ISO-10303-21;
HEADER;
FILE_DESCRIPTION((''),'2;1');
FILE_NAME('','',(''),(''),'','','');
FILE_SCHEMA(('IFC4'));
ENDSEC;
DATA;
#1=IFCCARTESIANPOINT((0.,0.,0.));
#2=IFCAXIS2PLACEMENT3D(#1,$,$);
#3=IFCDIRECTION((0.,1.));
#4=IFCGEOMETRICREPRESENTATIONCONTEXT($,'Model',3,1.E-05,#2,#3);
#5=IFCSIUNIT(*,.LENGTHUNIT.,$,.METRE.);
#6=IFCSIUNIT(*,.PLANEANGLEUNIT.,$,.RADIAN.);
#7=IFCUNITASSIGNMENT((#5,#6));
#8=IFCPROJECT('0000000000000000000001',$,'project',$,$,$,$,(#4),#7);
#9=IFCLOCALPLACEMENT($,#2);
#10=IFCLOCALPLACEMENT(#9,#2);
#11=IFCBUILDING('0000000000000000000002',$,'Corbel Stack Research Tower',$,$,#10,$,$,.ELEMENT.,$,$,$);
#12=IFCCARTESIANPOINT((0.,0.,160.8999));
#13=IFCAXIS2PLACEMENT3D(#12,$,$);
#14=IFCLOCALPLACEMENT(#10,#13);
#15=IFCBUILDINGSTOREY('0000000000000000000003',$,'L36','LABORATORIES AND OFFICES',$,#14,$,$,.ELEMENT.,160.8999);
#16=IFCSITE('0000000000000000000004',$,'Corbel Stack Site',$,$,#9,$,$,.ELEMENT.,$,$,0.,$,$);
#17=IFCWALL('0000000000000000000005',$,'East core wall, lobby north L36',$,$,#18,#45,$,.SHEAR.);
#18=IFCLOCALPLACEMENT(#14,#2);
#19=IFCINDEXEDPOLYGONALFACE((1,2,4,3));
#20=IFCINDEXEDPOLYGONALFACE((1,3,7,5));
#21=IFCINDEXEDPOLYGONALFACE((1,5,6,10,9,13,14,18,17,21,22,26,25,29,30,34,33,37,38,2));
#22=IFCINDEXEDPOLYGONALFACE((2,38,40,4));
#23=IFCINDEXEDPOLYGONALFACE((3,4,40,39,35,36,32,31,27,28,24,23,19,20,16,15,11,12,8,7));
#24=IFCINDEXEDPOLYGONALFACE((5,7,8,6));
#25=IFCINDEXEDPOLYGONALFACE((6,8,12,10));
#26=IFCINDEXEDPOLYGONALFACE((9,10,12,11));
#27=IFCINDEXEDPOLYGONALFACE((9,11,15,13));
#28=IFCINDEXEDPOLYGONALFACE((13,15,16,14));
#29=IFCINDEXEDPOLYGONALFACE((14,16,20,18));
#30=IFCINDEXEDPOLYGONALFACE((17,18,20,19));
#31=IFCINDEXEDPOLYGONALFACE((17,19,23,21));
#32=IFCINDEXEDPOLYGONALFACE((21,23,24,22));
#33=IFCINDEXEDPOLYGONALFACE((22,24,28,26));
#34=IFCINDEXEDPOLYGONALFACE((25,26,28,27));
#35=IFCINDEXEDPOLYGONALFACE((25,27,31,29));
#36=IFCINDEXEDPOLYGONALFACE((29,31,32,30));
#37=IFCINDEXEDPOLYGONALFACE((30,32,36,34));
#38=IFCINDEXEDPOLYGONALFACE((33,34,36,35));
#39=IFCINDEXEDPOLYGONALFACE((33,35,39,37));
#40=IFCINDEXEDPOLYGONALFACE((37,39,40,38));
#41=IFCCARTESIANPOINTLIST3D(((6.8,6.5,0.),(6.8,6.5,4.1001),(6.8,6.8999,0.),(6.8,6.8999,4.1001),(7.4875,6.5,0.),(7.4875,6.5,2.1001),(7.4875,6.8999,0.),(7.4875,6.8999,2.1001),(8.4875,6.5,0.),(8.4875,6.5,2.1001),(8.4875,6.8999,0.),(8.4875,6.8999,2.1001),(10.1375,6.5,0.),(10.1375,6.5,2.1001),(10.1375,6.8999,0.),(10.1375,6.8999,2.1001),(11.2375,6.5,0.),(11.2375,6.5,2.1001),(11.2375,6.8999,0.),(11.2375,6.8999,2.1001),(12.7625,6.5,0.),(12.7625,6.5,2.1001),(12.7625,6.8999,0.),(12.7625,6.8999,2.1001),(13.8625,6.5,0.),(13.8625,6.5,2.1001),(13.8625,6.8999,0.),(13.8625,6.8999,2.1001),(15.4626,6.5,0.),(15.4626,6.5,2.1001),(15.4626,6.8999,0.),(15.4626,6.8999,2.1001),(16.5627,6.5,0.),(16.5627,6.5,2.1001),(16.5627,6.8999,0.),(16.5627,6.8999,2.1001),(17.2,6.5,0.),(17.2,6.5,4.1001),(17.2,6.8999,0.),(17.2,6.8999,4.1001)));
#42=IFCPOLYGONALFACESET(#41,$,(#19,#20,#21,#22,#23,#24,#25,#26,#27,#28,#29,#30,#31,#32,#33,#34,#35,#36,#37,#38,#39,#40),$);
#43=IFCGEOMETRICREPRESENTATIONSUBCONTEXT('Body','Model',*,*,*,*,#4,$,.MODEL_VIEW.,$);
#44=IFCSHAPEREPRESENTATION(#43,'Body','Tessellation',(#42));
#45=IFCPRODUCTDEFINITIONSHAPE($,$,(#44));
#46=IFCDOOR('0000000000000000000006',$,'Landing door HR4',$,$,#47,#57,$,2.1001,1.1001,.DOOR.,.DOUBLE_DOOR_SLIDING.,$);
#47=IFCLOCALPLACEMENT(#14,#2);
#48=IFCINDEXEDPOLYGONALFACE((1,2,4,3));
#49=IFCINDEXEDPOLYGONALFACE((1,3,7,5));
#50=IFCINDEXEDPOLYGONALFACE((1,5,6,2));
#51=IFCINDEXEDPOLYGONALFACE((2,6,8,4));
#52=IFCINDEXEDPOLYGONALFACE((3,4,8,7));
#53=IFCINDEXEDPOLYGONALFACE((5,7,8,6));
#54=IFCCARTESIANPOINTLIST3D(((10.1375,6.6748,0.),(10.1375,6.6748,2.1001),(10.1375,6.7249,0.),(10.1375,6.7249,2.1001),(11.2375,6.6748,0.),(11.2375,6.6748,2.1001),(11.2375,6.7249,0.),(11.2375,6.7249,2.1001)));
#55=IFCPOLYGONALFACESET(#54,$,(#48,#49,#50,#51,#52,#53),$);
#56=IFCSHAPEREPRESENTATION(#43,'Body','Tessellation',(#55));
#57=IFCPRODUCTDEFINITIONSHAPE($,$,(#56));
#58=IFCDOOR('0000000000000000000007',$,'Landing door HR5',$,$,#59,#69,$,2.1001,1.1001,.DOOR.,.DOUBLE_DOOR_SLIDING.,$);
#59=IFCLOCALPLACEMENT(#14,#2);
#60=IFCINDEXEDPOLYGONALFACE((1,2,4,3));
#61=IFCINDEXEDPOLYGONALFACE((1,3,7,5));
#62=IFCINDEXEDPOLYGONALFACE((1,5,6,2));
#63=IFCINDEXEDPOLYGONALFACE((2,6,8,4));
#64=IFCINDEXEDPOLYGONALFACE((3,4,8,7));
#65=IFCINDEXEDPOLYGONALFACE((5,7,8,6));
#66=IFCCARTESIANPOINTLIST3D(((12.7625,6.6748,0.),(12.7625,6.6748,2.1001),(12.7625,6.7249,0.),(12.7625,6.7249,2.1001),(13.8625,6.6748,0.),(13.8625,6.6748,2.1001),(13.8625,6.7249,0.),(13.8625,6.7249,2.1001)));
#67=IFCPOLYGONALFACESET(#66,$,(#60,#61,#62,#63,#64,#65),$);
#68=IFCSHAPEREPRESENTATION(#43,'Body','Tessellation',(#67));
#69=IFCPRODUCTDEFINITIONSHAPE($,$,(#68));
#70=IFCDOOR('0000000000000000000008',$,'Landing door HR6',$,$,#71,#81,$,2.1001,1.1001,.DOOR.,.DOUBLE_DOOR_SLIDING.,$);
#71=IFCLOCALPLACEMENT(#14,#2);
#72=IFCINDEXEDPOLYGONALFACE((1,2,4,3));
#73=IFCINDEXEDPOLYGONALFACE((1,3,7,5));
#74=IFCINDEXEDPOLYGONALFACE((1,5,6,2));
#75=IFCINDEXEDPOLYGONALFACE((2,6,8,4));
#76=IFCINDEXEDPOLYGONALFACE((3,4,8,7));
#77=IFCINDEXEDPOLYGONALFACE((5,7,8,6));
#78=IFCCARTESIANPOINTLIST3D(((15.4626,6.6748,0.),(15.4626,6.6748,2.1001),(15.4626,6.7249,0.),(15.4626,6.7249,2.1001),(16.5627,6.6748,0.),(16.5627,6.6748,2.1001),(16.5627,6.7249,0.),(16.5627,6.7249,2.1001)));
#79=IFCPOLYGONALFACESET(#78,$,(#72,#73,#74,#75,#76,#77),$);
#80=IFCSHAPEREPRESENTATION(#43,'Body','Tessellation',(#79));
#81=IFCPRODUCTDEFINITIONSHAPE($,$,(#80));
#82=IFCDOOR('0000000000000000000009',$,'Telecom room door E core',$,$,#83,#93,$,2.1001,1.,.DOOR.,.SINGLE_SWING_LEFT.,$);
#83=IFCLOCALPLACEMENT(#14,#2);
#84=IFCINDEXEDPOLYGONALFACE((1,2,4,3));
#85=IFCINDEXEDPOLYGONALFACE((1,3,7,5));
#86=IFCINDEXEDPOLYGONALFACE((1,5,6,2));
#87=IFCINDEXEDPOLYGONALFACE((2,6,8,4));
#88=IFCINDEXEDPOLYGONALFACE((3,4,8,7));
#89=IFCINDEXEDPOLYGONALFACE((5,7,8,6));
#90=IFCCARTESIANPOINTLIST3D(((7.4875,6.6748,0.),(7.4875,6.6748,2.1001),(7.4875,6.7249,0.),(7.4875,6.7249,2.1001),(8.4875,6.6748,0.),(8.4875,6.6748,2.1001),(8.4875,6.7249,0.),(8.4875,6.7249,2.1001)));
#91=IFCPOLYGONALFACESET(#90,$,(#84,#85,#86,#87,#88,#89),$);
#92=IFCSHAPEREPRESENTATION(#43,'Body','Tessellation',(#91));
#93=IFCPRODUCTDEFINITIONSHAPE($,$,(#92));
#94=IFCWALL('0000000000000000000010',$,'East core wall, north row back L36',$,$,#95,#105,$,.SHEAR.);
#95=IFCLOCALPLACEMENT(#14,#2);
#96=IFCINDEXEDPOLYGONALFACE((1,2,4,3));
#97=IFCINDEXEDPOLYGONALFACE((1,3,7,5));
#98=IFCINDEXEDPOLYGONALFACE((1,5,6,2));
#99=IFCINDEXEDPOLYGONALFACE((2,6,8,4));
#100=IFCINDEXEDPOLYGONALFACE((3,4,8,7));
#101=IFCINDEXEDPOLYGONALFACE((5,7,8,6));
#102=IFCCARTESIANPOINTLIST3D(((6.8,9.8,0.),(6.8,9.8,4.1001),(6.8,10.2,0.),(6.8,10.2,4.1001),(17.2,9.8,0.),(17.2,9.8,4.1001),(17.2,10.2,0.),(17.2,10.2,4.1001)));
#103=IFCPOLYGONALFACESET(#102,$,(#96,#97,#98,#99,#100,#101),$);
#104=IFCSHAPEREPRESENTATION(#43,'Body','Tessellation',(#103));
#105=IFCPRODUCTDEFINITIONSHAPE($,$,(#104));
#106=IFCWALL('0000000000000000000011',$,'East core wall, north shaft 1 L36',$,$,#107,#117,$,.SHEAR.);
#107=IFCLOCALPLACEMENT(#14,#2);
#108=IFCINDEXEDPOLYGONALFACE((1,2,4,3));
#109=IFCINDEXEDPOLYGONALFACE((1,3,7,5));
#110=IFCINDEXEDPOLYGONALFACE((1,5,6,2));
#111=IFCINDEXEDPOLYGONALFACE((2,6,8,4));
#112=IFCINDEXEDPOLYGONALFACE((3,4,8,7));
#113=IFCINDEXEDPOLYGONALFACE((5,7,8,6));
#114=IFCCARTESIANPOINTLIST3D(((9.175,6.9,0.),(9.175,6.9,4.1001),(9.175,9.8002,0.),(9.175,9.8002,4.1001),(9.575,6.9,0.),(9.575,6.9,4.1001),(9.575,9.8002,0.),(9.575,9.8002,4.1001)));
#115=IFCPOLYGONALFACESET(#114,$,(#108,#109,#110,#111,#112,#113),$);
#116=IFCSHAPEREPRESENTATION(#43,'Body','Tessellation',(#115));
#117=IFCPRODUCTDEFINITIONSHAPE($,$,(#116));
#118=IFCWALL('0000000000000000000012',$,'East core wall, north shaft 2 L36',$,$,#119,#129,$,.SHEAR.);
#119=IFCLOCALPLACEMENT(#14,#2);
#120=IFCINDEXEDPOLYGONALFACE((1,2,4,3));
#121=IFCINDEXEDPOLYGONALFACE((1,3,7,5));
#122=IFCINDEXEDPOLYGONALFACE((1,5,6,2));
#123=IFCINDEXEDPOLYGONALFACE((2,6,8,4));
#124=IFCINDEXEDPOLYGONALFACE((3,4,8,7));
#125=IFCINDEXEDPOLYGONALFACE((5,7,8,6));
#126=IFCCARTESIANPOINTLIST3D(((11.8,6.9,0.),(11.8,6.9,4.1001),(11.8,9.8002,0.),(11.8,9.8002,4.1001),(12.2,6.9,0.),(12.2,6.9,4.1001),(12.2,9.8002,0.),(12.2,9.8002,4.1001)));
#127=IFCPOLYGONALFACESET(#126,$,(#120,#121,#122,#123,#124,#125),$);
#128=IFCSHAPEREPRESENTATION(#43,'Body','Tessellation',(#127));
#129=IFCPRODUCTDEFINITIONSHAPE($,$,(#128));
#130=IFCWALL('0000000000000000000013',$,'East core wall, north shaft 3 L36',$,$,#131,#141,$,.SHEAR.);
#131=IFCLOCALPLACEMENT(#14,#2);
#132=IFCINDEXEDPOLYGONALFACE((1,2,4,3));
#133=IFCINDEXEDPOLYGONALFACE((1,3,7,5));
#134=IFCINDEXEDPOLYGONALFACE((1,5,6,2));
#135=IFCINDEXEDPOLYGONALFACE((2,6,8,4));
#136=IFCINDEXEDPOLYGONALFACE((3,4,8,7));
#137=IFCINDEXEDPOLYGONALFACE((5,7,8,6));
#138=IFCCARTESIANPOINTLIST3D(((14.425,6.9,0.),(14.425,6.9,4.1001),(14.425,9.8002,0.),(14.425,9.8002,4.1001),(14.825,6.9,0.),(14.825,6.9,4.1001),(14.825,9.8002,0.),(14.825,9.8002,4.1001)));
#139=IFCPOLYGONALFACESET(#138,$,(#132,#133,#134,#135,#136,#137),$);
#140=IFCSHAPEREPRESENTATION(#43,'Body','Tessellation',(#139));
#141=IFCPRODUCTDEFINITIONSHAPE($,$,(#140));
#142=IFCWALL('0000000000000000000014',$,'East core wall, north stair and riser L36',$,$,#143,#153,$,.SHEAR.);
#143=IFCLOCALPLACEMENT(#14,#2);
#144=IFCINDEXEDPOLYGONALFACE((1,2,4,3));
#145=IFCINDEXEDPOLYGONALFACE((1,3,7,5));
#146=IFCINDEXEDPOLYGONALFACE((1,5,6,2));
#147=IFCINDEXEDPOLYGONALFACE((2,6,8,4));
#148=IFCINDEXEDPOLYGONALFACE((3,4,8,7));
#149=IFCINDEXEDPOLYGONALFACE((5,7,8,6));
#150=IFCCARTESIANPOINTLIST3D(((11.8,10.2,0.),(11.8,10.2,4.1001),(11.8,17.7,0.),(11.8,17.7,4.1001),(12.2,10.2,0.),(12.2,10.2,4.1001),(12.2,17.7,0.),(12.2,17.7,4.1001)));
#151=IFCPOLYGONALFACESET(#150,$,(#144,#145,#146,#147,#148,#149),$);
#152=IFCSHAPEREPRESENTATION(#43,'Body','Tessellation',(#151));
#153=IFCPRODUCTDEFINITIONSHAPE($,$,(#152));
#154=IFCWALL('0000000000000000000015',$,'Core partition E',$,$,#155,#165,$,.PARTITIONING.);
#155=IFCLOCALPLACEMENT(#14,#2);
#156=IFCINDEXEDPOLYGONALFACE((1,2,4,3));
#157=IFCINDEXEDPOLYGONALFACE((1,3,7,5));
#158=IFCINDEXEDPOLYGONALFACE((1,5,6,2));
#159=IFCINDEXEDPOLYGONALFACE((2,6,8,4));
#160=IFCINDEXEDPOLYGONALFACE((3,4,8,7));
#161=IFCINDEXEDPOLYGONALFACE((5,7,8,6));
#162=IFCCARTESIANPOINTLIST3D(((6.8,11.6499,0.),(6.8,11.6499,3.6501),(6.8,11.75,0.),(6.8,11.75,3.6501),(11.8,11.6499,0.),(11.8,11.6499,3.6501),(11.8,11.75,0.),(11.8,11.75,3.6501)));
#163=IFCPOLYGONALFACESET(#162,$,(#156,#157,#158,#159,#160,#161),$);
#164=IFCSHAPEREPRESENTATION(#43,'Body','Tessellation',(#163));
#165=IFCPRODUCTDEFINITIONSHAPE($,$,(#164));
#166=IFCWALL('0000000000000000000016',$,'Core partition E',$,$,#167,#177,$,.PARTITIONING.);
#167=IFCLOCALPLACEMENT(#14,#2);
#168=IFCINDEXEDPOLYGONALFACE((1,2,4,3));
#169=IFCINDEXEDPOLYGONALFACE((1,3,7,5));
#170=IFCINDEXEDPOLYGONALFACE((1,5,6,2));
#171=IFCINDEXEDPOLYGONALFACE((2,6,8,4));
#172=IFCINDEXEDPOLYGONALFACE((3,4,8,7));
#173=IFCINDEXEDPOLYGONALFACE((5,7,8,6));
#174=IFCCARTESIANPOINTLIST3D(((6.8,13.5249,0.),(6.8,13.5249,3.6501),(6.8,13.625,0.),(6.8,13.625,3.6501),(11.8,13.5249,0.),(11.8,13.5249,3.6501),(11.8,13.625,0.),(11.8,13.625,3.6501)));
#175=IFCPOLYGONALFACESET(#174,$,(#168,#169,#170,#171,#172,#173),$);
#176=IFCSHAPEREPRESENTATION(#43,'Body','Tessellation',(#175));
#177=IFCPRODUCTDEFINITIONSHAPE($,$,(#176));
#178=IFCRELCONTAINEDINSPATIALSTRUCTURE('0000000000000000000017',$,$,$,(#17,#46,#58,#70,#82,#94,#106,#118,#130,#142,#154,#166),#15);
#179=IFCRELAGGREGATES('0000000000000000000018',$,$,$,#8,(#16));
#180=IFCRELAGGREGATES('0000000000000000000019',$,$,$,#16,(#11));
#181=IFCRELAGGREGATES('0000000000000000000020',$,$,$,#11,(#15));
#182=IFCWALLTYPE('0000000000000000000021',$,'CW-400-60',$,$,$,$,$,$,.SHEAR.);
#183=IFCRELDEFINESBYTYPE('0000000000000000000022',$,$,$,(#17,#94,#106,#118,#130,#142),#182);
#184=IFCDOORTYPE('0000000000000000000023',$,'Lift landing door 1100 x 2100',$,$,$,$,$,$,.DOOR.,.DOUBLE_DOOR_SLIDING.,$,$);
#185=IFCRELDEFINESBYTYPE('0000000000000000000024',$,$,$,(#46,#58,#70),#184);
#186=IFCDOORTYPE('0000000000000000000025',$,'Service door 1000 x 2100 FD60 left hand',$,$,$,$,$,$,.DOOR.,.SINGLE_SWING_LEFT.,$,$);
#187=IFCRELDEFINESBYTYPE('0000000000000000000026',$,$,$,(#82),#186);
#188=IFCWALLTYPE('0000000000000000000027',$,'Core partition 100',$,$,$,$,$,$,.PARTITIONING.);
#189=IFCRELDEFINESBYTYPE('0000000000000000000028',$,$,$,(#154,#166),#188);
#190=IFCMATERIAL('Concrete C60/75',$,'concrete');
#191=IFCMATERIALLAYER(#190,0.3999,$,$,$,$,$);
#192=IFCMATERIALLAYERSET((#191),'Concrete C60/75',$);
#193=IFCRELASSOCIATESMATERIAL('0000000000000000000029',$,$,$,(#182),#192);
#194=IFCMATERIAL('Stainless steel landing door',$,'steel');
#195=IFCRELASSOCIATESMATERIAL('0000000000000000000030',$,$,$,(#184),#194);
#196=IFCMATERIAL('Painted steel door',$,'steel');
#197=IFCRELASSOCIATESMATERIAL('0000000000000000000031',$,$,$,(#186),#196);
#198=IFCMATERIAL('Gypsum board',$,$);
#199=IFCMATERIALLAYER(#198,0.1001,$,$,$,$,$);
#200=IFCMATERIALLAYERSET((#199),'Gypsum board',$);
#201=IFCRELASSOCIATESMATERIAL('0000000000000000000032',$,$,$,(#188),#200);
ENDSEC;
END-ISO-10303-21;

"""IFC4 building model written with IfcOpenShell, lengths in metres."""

from ifc_helpers import new_model, si_unit, direction, frame, frame_2d, origin, place, context, subcontext, project, spatial, rectangle, extrude, material, layer, layer_set, type_object, element, fill, save


model = new_model("IFC4")

# Units and contexts
model_context = context("Model", 3, precision=1e-05, world=origin(), true_north=direction((0.0, 1.0)))
body_context = subcontext(model_context, "Body", "Model", "MODEL_VIEW")
ifc_project = project(units=[si_unit("LENGTHUNIT", "METRE"), si_unit("PLANEANGLEUNIT", "RADIAN")], contexts=[model_context])

# Site, building, storey
site_placement = place(None, origin())
site = spatial("IfcSite", under=ifc_project, at=site_placement, Name="Corbel Stack Site", CompositionType="ELEMENT", RefElevation=0.0)
building_placement = place(site_placement, origin())
building = spatial("IfcBuilding", under=site, at=building_placement, Name="Corbel Stack Research Tower", CompositionType="ELEMENT")
storey_placement = place(building_placement, frame((0.0, 0.0, 160.8999)))
storey = spatial("IfcBuildingStorey", under=building, at=storey_placement, Name="L36", Description="LABORATORIES AND OFFICES", CompositionType="ELEMENT", Elevation=160.8999)

# Wall, openings, doors
ifc_material_1 = material(Name="Concrete C60/75", Category="concrete")
ifc_layer_1 = layer(ifc_material_1, 0.3999)
ifc_layer_set_1 = layer_set([ifc_layer_1], Name="Concrete C60/75")
wall_type_1 = type_object("IfcWallType", Name="CW-400-60", PredefinedType="SHEAR", material=ifc_layer_set_1)
ifc_material_2 = material(Name="Stainless steel landing door", Category="steel")
door_type_1 = type_object("IfcDoorType", Name="Lift landing door 1100 x 2100", OperationType="DOUBLE_DOOR_SLIDING", PredefinedType="DOOR", material=ifc_material_2)
ifc_material_3 = material(Name="Painted steel door", Category="steel")
door_type_2 = type_object("IfcDoorType", Name="Service door 1000 x 2100 FD60 left hand", OperationType="SINGLE_SWING_LEFT", PredefinedType="DOOR", material=ifc_material_3)
wall_1_placement = place(storey_placement, frame((6.8, 6.7, 0.0), z_axis=(0.0, 0.0, 1.0), x_axis=(1.0, 0.0, 0.0)))
wall_1 = element("IfcWall", 1, at=wall_1_placement, inside=storey, type_object=wall_type_1, Name="East core wall, lobby north L36", PredefinedType="SHEAR", context=body_context, shape_type="SweptSolid", body=[
    extrude(rectangle(XDim=10.3999, YDim=0.3999, at=frame_2d((5.2, 0.0))), origin(), (0.0, 0.0, 1.0), 4.1001),
])
opening_1_placement = place(wall_1_placement, frame((3.3374, 0.0, 0.0)))
opening_1 = element("IfcOpeningElement", 2, at=opening_1_placement, cuts=wall_1, PredefinedType="OPENING", context=body_context, shape_type="SweptSolid", body=[
    extrude(rectangle(XDim=1.1001, YDim=2.1001, at=frame_2d((0.55, 1.05))), frame((0.0, 0.21, 0.0), z_axis=(0.0, -1.0, 0.0), x_axis=(1.0, 0.0, 0.0)), (0.0, 0.0, 1.0), 0.4199),
])
opening_2_placement = place(wall_1_placement, frame((5.9624, 0.0, 0.0)))
opening_2 = element("IfcOpeningElement", 3, at=opening_2_placement, cuts=wall_1, PredefinedType="OPENING", context=body_context, shape_type="SweptSolid", body=[
    extrude(rectangle(XDim=1.1001, YDim=2.1001, at=frame_2d((0.55, 1.05))), frame((0.0, 0.21, 0.0), z_axis=(0.0, -1.0, 0.0), x_axis=(1.0, 0.0, 0.0)), (0.0, 0.0, 1.0), 0.4199),
])
opening_3_placement = place(wall_1_placement, frame((8.6626, 0.0, 0.0)))
opening_3 = element("IfcOpeningElement", 4, at=opening_3_placement, cuts=wall_1, PredefinedType="OPENING", context=body_context, shape_type="SweptSolid", body=[
    extrude(rectangle(XDim=1.1001, YDim=2.1001, at=frame_2d((0.55, 1.05))), frame((0.0, 0.21, 0.0), z_axis=(0.0, -1.0, 0.0), x_axis=(1.0, 0.0, 0.0)), (0.0, 0.0, 1.0), 0.4199),
])
opening_4_placement = place(wall_1_placement, frame((0.6875, 0.0, 0.0)))
opening_4 = element("IfcOpeningElement", 5, at=opening_4_placement, cuts=wall_1, PredefinedType="OPENING", context=body_context, shape_type="SweptSolid", body=[
    extrude(rectangle(XDim=1.0, YDim=2.1001, at=frame_2d((0.5, 1.05))), frame((0.0, 0.21, 0.0), z_axis=(0.0, -1.0, 0.0), x_axis=(1.0, 0.0, 0.0)), (0.0, 0.0, 1.0), 0.4199),
])
door_1_placement = place(opening_1_placement, origin())
door_1 = element("IfcDoor", 6, at=door_1_placement, inside=storey, type_object=door_type_1, Name="Landing door HR4", OperationType="DOUBLE_DOOR_SLIDING", OverallHeight=2.1001, OverallWidth=1.1001, PredefinedType="DOOR", context=body_context, shape_type="SweptSolid", body=[
    extrude(rectangle(XDim=1.1001, YDim=2.1001, at=frame_2d((0.55, 1.05))), frame((0.0, 0.0249, 0.0), z_axis=(0.0, -1.0, 0.0), x_axis=(1.0, 0.0, 0.0)), (0.0, 0.0, 1.0), 0.05),
])
fill(opening_1, door_1)
door_2_placement = place(opening_2_placement, origin())
door_2 = element("IfcDoor", 7, at=door_2_placement, inside=storey, type_object=door_type_1, Name="Landing door HR5", OperationType="DOUBLE_DOOR_SLIDING", OverallHeight=2.1001, OverallWidth=1.1001, PredefinedType="DOOR", context=body_context, shape_type="SweptSolid", body=[
    extrude(rectangle(XDim=1.1001, YDim=2.1001, at=frame_2d((0.55, 1.05))), frame((0.0, 0.0249, 0.0), z_axis=(0.0, -1.0, 0.0), x_axis=(1.0, 0.0, 0.0)), (0.0, 0.0, 1.0), 0.05),
])
fill(opening_2, door_2)
door_3_placement = place(opening_3_placement, origin())
door_3 = element("IfcDoor", 8, at=door_3_placement, inside=storey, type_object=door_type_1, Name="Landing door HR6", OperationType="DOUBLE_DOOR_SLIDING", OverallHeight=2.1001, OverallWidth=1.1001, PredefinedType="DOOR", context=body_context, shape_type="SweptSolid", body=[
    extrude(rectangle(XDim=1.1001, YDim=2.1001, at=frame_2d((0.55, 1.05))), frame((0.0, 0.0249, 0.0), z_axis=(0.0, -1.0, 0.0), x_axis=(1.0, 0.0, 0.0)), (0.0, 0.0, 1.0), 0.05),
])
fill(opening_3, door_3)
door_4_placement = place(opening_4_placement, origin())
door_4 = element("IfcDoor", 9, at=door_4_placement, inside=storey, type_object=door_type_2, Name="Telecom room door E core", OperationType="SINGLE_SWING_LEFT", OverallHeight=2.1001, OverallWidth=1.0, PredefinedType="DOOR", context=body_context, shape_type="SweptSolid", body=[
    extrude(rectangle(XDim=1.0, YDim=2.1001, at=frame_2d((0.5, 1.05))), frame((0.0, 0.0249, 0.0), z_axis=(0.0, -1.0, 0.0), x_axis=(1.0, 0.0, 0.0)), (0.0, 0.0, 1.0), 0.05),
])
fill(opening_4, door_4)

# Walls
wall_2_placement = place(storey_placement, frame((6.8, 10.0, 0.0), z_axis=(0.0, 0.0, 1.0), x_axis=(1.0, 0.0, 0.0)))
element("IfcWall", 10, at=wall_2_placement, inside=storey, type_object=wall_type_1, Name="East core wall, north row back L36", PredefinedType="SHEAR", context=body_context, shape_type="SweptSolid", body=[
    extrude(rectangle(XDim=10.3999, YDim=0.3999, at=frame_2d((5.2, 0.0))), origin(), (0.0, 0.0, 1.0), 4.1001),
])
for number, where, z_axis, x_axis, name in (
    (11, (9.375, 6.8999, 0.0), (0.0, 0.0, 1.0), (0.0, 1.0, 0.0), "East core wall, north shaft 1 L36"),
    (12, (12.0, 6.8999, 0.0), (0.0, 0.0, 1.0), (0.0, 1.0, 0.0), "East core wall, north shaft 2 L36"),
    (13, (14.625, 6.8999, 0.0), (0.0, 0.0, 1.0), (0.0, 1.0, 0.0), "East core wall, north shaft 3 L36"),
):
    element("IfcWall", number, at=place(storey_placement, frame(where, z_axis=z_axis, x_axis=x_axis)), inside=storey, type_object=wall_type_1, Name=name, PredefinedType="SHEAR", context=body_context, shape_type="SweptSolid", body=[
        extrude(rectangle(XDim=2.9001, YDim=0.3999, at=frame_2d((1.4502, 0.0))), origin(), (0.0, 0.0, 1.0), 4.1001),
    ])
wall_3_placement = place(storey_placement, frame((12.0, 10.2, 0.0), z_axis=(0.0, 0.0, 1.0), x_axis=(0.0, 1.0, 0.0)))
element("IfcWall", 14, at=wall_3_placement, inside=storey, type_object=wall_type_1, Name="East core wall, north stair and riser L36", PredefinedType="SHEAR", context=body_context, shape_type="SweptSolid", body=[
    extrude(rectangle(XDim=7.5, YDim=0.3999, at=frame_2d((3.75, 0.0))), origin(), (0.0, 0.0, 1.0), 4.1001),
])
ifc_material_4 = material(Name="Gypsum board")
ifc_layer_2 = layer(ifc_material_4, 0.1001)
ifc_layer_set_2 = layer_set([ifc_layer_2], Name="Gypsum board")
wall_type_2 = type_object("IfcWallType", Name="Core partition 100", PredefinedType="PARTITIONING", material=ifc_layer_set_2)
for number, where, z_axis, x_axis, name in (
    (15, (6.8, 11.7, 0.0), (0.0, 0.0, 1.0), (1.0, 0.0, 0.0), "Core partition E"),
    (16, (6.8, 13.575, 0.0), (0.0, 0.0, 1.0), (1.0, 0.0, 0.0), "Core partition E"),
):
    element("IfcWall", number, at=place(storey_placement, frame(where, z_axis=z_axis, x_axis=x_axis)), inside=storey, type_object=wall_type_2, Name=name, PredefinedType="PARTITIONING", context=body_context, shape_type="SweptSolid", body=[
        extrude(rectangle(XDim=5.0, YDim=0.1001, at=frame_2d((2.5, 0.0))), origin(), (0.0, 0.0, 1.0), 3.6501),
    ])

save(model, "model.ifc")
